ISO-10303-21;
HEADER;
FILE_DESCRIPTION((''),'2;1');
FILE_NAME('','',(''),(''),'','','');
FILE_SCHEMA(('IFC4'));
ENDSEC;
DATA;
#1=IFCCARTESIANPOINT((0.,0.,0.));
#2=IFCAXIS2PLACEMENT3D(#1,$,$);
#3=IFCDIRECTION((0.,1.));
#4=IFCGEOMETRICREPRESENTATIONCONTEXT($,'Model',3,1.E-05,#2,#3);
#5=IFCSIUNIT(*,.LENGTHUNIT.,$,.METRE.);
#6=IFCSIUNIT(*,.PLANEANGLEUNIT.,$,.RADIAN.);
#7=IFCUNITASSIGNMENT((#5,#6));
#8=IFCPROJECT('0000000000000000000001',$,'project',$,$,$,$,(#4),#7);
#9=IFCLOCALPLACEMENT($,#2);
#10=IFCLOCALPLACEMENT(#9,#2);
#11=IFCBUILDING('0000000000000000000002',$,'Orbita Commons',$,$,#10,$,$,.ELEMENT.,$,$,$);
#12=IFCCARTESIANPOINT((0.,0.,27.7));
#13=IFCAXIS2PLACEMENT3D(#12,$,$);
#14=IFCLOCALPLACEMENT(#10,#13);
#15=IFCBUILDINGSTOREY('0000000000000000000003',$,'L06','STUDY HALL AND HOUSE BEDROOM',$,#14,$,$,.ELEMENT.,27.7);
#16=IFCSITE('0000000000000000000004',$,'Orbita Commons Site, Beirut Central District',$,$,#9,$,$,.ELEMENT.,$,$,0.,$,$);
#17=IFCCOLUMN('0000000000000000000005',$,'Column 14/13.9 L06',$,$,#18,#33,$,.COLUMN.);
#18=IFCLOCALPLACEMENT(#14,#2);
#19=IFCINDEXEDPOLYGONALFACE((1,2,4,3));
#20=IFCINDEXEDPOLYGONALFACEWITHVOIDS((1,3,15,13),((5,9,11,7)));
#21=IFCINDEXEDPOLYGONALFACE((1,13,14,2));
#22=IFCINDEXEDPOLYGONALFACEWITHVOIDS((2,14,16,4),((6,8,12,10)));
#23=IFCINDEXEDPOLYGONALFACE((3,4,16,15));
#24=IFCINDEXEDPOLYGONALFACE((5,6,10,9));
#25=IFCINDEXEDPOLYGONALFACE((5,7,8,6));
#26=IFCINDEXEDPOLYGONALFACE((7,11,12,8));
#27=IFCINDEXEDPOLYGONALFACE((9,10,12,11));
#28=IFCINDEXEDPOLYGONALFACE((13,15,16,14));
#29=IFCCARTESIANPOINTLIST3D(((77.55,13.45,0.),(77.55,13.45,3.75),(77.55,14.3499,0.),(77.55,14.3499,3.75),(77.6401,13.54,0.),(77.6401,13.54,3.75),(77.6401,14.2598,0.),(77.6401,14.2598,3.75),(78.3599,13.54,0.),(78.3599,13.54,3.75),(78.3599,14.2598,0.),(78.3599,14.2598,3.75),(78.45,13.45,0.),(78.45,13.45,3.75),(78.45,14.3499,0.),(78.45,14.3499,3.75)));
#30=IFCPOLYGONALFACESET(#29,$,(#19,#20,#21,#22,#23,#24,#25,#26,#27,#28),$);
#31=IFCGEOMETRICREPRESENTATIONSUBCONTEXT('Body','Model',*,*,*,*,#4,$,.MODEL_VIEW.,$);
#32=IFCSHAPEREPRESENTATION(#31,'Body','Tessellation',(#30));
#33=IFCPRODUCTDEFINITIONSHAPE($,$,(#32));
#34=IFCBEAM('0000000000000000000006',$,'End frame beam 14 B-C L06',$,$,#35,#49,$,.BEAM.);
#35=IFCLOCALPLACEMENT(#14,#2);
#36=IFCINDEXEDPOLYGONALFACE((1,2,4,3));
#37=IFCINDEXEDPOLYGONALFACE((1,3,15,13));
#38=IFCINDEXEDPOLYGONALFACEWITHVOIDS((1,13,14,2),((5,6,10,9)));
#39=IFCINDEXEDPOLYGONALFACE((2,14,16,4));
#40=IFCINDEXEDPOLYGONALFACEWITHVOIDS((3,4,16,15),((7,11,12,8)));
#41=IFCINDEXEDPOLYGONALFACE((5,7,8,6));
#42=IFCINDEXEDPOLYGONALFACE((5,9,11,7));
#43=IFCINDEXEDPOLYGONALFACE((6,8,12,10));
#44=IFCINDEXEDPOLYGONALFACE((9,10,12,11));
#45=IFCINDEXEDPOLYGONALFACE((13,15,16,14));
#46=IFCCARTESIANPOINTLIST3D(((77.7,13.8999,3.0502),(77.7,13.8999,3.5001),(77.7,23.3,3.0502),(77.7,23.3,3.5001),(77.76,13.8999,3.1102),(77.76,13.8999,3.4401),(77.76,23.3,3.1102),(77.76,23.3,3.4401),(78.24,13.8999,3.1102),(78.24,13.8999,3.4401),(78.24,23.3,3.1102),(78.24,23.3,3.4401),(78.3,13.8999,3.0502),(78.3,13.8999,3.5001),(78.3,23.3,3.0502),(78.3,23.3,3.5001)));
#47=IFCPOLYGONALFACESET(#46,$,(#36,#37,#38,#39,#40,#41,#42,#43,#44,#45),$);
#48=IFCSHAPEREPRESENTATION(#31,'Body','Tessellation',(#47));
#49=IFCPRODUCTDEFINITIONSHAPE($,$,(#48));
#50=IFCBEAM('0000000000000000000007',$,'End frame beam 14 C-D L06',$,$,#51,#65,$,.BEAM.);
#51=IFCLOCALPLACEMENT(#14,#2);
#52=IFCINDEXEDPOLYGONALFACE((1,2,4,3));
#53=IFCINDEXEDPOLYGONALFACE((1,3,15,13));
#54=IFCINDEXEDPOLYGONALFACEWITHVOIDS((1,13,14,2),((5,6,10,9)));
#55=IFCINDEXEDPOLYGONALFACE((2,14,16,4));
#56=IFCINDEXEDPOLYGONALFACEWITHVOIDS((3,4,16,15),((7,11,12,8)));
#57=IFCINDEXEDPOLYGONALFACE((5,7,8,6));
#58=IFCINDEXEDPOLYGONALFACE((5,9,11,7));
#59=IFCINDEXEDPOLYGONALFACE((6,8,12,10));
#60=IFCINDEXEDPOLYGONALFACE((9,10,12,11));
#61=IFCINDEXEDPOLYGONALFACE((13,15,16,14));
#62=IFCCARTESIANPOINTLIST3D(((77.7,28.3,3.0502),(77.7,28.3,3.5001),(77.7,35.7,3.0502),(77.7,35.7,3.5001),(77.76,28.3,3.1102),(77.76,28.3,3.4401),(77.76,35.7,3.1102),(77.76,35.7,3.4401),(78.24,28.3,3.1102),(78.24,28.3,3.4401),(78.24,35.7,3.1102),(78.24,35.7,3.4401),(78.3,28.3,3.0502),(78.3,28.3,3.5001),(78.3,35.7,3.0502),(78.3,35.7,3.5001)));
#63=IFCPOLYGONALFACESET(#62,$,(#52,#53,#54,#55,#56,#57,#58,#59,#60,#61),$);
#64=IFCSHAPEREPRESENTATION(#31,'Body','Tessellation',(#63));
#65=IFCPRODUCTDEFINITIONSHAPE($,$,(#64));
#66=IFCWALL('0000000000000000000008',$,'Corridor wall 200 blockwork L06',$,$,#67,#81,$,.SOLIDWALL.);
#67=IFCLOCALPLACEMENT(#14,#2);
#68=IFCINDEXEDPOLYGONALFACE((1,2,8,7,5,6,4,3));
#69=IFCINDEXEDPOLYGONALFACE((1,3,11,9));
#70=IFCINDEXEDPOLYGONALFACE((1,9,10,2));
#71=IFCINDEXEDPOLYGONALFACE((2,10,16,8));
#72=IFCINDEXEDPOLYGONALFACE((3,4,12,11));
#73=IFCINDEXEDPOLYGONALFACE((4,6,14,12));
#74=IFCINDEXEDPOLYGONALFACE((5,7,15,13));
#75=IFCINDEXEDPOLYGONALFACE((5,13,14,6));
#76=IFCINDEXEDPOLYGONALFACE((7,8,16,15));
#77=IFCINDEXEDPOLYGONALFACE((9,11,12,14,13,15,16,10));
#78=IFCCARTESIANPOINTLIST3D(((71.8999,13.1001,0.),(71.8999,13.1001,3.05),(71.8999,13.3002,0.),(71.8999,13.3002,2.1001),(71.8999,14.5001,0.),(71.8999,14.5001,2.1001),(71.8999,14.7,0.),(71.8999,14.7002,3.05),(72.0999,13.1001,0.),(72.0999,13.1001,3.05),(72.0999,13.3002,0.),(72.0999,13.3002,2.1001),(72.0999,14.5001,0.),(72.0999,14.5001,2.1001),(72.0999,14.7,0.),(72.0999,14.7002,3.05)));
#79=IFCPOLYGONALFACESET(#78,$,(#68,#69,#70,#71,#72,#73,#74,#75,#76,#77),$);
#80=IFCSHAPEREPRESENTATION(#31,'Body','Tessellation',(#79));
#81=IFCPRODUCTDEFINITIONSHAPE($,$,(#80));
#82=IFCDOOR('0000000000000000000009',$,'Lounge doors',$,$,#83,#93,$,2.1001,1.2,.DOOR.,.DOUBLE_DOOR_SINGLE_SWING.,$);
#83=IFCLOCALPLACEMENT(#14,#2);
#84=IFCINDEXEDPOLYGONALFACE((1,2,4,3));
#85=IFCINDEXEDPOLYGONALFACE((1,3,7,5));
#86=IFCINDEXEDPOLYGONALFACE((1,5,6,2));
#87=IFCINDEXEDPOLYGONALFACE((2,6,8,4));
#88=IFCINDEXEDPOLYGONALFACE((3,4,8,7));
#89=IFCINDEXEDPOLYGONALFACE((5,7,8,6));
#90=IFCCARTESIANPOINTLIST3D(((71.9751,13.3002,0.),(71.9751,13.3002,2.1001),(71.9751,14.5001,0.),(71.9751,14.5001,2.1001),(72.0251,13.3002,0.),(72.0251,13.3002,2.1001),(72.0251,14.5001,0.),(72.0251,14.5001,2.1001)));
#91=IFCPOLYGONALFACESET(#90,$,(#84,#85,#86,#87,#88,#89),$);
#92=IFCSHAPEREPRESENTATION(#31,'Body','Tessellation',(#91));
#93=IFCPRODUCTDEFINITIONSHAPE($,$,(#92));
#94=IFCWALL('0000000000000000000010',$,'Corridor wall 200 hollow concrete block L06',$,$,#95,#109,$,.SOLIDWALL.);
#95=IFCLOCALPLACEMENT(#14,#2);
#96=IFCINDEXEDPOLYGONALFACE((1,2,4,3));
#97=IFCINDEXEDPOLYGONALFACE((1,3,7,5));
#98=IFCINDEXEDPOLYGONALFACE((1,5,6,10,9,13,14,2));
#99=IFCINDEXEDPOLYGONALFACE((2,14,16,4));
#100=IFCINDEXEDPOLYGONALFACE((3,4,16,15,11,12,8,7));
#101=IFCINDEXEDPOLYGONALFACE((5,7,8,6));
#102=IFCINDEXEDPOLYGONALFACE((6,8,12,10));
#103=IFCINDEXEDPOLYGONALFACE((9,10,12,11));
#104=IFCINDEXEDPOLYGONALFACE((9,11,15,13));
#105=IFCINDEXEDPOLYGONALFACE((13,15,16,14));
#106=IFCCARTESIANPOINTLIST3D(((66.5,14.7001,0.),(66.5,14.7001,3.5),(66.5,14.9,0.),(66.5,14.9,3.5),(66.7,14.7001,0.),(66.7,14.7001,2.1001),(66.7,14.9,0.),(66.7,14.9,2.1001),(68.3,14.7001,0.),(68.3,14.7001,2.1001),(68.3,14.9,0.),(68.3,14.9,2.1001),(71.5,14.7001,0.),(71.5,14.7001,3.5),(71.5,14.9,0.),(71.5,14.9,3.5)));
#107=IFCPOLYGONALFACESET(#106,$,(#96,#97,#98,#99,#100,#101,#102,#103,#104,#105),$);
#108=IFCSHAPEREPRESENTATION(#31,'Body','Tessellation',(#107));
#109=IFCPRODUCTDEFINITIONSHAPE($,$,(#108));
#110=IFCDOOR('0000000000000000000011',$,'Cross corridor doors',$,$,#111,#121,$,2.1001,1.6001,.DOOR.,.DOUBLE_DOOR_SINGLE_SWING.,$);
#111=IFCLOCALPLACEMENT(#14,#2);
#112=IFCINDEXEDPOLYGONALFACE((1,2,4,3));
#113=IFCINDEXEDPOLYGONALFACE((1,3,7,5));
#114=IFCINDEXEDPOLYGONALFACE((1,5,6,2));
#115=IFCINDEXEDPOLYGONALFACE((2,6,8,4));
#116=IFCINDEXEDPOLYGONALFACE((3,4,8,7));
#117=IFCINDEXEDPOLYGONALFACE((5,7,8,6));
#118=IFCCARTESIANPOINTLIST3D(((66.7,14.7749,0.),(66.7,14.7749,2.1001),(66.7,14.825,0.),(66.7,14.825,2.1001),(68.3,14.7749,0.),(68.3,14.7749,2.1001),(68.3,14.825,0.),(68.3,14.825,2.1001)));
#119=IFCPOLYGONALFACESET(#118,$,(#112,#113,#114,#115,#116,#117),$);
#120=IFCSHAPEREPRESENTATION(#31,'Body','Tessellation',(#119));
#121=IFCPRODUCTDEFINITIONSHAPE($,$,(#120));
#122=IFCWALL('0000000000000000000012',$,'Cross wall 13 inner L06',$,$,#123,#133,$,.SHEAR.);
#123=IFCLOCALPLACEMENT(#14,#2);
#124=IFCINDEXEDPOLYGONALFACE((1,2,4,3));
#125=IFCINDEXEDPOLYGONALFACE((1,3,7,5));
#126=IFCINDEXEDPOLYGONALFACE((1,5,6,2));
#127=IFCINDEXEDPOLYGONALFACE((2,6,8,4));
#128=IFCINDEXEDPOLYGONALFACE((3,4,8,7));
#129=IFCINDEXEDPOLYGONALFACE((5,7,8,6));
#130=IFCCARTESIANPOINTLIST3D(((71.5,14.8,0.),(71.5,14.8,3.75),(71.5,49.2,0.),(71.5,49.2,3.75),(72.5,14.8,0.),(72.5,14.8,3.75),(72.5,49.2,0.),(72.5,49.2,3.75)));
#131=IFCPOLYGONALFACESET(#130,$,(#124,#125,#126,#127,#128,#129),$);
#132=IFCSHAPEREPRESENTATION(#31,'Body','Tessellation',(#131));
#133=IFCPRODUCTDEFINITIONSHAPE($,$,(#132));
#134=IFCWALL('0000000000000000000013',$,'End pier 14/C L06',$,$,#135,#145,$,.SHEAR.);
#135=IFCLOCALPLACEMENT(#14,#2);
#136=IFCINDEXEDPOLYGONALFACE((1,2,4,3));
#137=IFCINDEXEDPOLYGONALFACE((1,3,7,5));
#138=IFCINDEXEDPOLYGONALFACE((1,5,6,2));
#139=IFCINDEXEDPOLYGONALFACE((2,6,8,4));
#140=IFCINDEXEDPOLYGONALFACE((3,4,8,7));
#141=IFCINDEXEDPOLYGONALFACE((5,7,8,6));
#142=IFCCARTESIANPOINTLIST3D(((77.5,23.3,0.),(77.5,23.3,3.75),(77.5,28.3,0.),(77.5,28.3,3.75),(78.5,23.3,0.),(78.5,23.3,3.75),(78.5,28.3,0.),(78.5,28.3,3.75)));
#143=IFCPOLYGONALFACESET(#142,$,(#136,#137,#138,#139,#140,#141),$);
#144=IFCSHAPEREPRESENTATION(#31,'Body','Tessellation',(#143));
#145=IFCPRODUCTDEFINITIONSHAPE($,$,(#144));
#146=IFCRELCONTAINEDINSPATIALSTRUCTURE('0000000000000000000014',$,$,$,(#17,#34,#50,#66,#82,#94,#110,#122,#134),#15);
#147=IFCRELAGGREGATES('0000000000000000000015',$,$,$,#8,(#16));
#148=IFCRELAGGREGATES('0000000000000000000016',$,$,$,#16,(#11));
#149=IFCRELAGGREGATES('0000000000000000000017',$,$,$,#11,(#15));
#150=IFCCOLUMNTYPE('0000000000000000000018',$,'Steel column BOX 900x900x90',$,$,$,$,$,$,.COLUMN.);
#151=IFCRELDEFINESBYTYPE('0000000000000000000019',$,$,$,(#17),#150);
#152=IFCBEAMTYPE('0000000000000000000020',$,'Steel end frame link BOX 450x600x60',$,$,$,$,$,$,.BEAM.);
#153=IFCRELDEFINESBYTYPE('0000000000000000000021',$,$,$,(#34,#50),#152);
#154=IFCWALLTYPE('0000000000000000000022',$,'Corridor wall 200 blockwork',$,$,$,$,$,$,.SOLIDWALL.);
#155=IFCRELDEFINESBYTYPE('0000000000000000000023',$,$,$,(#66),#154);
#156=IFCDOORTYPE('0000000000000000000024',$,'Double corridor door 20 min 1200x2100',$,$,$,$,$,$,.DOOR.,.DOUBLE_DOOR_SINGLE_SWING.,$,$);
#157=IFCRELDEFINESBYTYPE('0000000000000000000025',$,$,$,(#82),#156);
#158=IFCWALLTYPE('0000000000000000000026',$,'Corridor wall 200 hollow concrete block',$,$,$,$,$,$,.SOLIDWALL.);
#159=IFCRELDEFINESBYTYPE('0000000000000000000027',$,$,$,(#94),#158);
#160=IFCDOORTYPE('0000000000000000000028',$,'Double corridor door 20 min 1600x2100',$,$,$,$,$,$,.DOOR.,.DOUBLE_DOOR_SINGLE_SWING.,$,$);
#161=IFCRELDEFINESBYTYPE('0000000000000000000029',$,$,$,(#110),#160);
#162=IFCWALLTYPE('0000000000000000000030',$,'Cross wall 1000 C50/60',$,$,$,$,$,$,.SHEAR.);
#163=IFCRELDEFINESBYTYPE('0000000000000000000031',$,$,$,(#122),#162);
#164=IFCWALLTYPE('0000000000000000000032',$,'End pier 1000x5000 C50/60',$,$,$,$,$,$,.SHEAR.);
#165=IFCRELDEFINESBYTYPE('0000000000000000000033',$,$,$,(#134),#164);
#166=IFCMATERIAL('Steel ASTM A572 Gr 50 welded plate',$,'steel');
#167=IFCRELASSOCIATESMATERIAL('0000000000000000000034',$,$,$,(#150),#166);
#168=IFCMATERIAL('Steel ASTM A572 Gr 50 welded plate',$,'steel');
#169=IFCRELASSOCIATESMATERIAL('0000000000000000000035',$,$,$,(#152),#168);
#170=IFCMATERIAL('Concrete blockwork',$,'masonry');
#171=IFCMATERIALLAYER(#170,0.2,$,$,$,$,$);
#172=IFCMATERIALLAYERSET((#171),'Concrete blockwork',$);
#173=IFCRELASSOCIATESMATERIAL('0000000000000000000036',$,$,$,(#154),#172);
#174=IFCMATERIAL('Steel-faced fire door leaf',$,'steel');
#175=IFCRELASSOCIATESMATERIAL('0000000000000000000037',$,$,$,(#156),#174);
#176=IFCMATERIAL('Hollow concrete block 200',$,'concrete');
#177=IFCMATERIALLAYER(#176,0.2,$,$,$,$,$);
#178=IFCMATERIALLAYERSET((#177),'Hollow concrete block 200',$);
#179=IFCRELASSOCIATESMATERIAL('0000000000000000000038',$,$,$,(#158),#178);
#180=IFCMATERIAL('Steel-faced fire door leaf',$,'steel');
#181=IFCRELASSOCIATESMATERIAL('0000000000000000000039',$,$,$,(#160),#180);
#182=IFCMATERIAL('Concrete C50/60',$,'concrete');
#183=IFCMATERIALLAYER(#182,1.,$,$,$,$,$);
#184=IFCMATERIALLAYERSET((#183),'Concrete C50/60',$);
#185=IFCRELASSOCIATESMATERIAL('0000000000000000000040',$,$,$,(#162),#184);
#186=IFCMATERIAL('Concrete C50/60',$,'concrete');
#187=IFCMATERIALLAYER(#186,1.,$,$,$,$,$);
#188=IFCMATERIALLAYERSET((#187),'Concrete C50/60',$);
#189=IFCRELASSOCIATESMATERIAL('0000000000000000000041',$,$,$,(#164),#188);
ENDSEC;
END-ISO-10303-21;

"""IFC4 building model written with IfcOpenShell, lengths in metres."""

from ifc_helpers import new_model, si_unit, direction, frame, frame_2d, origin, origin_2d, place, context, subcontext, project, spatial, polyline, rectangle, hollow_rectangle, outline, extrude, material, layer, layer_set, material_profile, profile_set, type_object, element, fill, save


model = new_model("IFC4")

# Units and contexts
model_context = context("Model", 3, precision=1e-05, world=origin(), true_north=direction((0.0, 1.0)))
body_context = subcontext(model_context, "Body", "Model", "MODEL_VIEW")
ifc_project = project(units=[si_unit("LENGTHUNIT", "METRE"), si_unit("PLANEANGLEUNIT", "RADIAN")], contexts=[model_context])

# Site, building, storey
site_placement = place(None, origin())
site = spatial("IfcSite", under=ifc_project, at=site_placement, Name="Orbita Commons Site, Beirut Central District", CompositionType="ELEMENT", RefElevation=0.0)
building_placement = place(site_placement, origin())
building = spatial("IfcBuilding", under=site, at=building_placement, Name="Orbita Commons", CompositionType="ELEMENT")
storey_placement = place(building_placement, frame((0.0, 0.0, 27.7)))
storey = spatial("IfcBuildingStorey", under=building, at=storey_placement, Name="L06", Description="STUDY HALL AND HOUSE BEDROOM", CompositionType="ELEMENT", Elevation=27.7)

# Column
ifc_material_1 = material(Name="Steel ASTM A572 Gr 50 welded plate", Category="steel")
ifc_material_profile_1 = material_profile(ifc_material_1, hollow_rectangle(XDim=0.8999, YDim=0.8999, WallThickness=0.0901, at=origin_2d()), Name="BOX 900x900x90")
ifc_profile_set_1 = profile_set([ifc_material_profile_1], Name="Steel ASTM A572 Gr 50 welded plate")
column_type = type_object("IfcColumnType", Name="Steel column BOX 900x900x90", PredefinedType="COLUMN", material=ifc_profile_set_1)
column_placement = place(storey_placement, frame((78.0, 13.8999, 0.0), z_axis=(0.0, 0.0, 1.0), x_axis=(1.0, 0.0, 0.0)))
element("IfcColumn", 1, at=column_placement, inside=storey, type_object=column_type, Name="Column 14/13.9 L06", PredefinedType="COLUMN", context=body_context, shape_type="SweptSolid", body=[
    extrude(hollow_rectangle(XDim=0.8999, YDim=0.8999, WallThickness=0.0901, at=origin_2d()), origin(), (0.0, 0.0, 1.0), 3.75),
])

# Beams
ifc_material_2 = material(Name="Steel ASTM A572 Gr 50 welded plate", Category="steel")
ifc_material_profile_2 = material_profile(ifc_material_2, hollow_rectangle(XDim=0.6001, YDim=0.45, WallThickness=0.0601, at=origin_2d()), Name="BOX 450x600x60")
ifc_profile_set_2 = profile_set([ifc_material_profile_2], Name="Steel ASTM A572 Gr 50 welded plate")
beam_type = type_object("IfcBeamType", Name="Steel end frame link BOX 450x600x60", PredefinedType="BEAM", material=ifc_profile_set_2)
beam_1_placement = place(storey_placement, frame((78.0, 13.8999, 3.2751), z_axis=(0.0, 1.0, 0.0), x_axis=(-1.0, 0.0, 0.0)))
element("IfcBeam", 2, at=beam_1_placement, inside=storey, type_object=beam_type, Name="End frame beam 14 B-C L06", PredefinedType="BEAM", context=body_context, shape_type="SweptSolid", body=[
    extrude(hollow_rectangle(XDim=0.6001, YDim=0.45, WallThickness=0.0601, at=origin_2d()), origin(), (0.0, 0.0, 1.0), 9.4001),
])
beam_2_placement = place(storey_placement, frame((78.0, 28.3, 3.2751), z_axis=(0.0, 1.0, 0.0), x_axis=(-1.0, 0.0, 0.0)))
element("IfcBeam", 3, at=beam_2_placement, inside=storey, type_object=beam_type, Name="End frame beam 14 C-D L06", PredefinedType="BEAM", context=body_context, shape_type="SweptSolid", body=[
    extrude(hollow_rectangle(XDim=0.6001, YDim=0.45, WallThickness=0.0601, at=origin_2d()), origin(), (0.0, 0.0, 1.0), 7.3999),
])

# Walls, openings, doors
ifc_material_3 = material(Name="Concrete blockwork", Category="masonry")
ifc_layer_1 = layer(ifc_material_3, 0.2)
ifc_layer_set_1 = layer_set([ifc_layer_1], Name="Concrete blockwork")
wall_type_1 = type_object("IfcWallType", Name="Corridor wall 200 blockwork", PredefinedType="SOLIDWALL", material=ifc_layer_set_1)
wall_1_placement = place(storey_placement, frame((72.0, 13.1001, 0.0), z_axis=(0.0, 0.0, 1.0), x_axis=(0.0, 1.0, 0.0)))
wall_1 = element("IfcWall", 4, at=wall_1_placement, inside=storey, type_object=wall_type_1, Name="Corridor wall 200 blockwork L06", PredefinedType="SOLIDWALL", context=body_context, shape_type="SweptSolid", body=[
    extrude(outline(polyline([(0.0, 0.0), (1.5999, 0.0), (1.6001, 3.05), (0.0, 3.05), (0.0, 0.0)])), frame((0.0, 0.1001, 0.0), z_axis=(0.0, -1.0, 0.0), x_axis=(1.0, 0.0, 0.0)), (0.0, 0.0, 1.0), 0.2),
])
opening_1_placement = place(wall_1_placement, frame((0.2, 0.0, 0.0)))
opening_1 = element("IfcOpeningElement", 5, at=opening_1_placement, cuts=wall_1, PredefinedType="OPENING", context=body_context, shape_type="SweptSolid", body=[
    extrude(rectangle(XDim=1.2, YDim=2.1001, at=frame_2d((0.6001, 1.05))), frame((0.0, 0.1099, 0.0), z_axis=(0.0, -1.0, 0.0), x_axis=(1.0, 0.0, 0.0)), (0.0, 0.0, 1.0), 0.22),
])
ifc_material_4 = material(Name="Steel-faced fire door leaf", Category="steel")
door_type_1 = type_object("IfcDoorType", Name="Double corridor door 20 min 1200x2100", OperationType="DOUBLE_DOOR_SINGLE_SWING", PredefinedType="DOOR", material=ifc_material_4)
door_1_placement = place(opening_1_placement, origin())
door_1 = element("IfcDoor", 6, at=door_1_placement, inside=storey, type_object=door_type_1, Name="Lounge doors", OperationType="DOUBLE_DOOR_SINGLE_SWING", OverallHeight=2.1001, OverallWidth=1.2, PredefinedType="DOOR", context=body_context, shape_type="SweptSolid", body=[
    extrude(rectangle(XDim=1.2, YDim=2.1001, at=frame_2d((0.6001, 1.05))), frame((0.0, 0.0249, 0.0), z_axis=(0.0, -1.0, 0.0), x_axis=(1.0, 0.0, 0.0)), (0.0, 0.0, 1.0), 0.05),
])
fill(opening_1, door_1)
ifc_material_5 = material(Name="Hollow concrete block 200", Category="concrete")
ifc_layer_2 = layer(ifc_material_5, 0.2)
ifc_layer_set_2 = layer_set([ifc_layer_2], Name="Hollow concrete block 200")
wall_type_2 = type_object("IfcWallType", Name="Corridor wall 200 hollow concrete block", PredefinedType="SOLIDWALL", material=ifc_layer_set_2)
wall_2_placement = place(storey_placement, frame((66.5, 14.8, 0.0), z_axis=(0.0, 0.0, 1.0), x_axis=(1.0, 0.0, 0.0)))
wall_2 = element("IfcWall", 7, at=wall_2_placement, inside=storey, type_object=wall_type_2, Name="Corridor wall 200 hollow concrete block L06", PredefinedType="SOLIDWALL", context=body_context, shape_type="SweptSolid", body=[
    extrude(rectangle(XDim=5.0, YDim=0.2, at=frame_2d((2.5, 0.0))), origin(), (0.0, 0.0, 1.0), 3.5),
])
opening_2_placement = place(wall_2_placement, frame((0.2, 0.0, 0.0)))
opening_2 = element("IfcOpeningElement", 8, at=opening_2_placement, cuts=wall_2, PredefinedType="OPENING", context=body_context, shape_type="SweptSolid", body=[
    extrude(rectangle(XDim=1.6001, YDim=2.1001, at=frame_2d((0.8, 1.05))), frame((0.0, 0.1099, 0.0), z_axis=(0.0, -1.0, 0.0), x_axis=(1.0, 0.0, 0.0)), (0.0, 0.0, 1.0), 0.22),
])
ifc_material_6 = material(Name="Steel-faced fire door leaf", Category="steel")
door_type_2 = type_object("IfcDoorType", Name="Double corridor door 20 min 1600x2100", OperationType="DOUBLE_DOOR_SINGLE_SWING", PredefinedType="DOOR", material=ifc_material_6)
door_2_placement = place(opening_2_placement, origin())
door_2 = element("IfcDoor", 9, at=door_2_placement, inside=storey, type_object=door_type_2, Name="Cross corridor doors", OperationType="DOUBLE_DOOR_SINGLE_SWING", OverallHeight=2.1001, OverallWidth=1.6001, PredefinedType="DOOR", context=body_context, shape_type="SweptSolid", body=[
    extrude(rectangle(XDim=1.6001, YDim=2.1001, at=frame_2d((0.8, 1.05))), frame((0.0, 0.0249, 0.0), z_axis=(0.0, -1.0, 0.0), x_axis=(1.0, 0.0, 0.0)), (0.0, 0.0, 1.0), 0.05),
])
fill(opening_2, door_2)

# Walls
ifc_material_7 = material(Name="Concrete C50/60", Category="concrete")
ifc_layer_3 = layer(ifc_material_7, 1.0)
ifc_layer_set_3 = layer_set([ifc_layer_3], Name="Concrete C50/60")
wall_type_3 = type_object("IfcWallType", Name="Cross wall 1000 C50/60", PredefinedType="SHEAR", material=ifc_layer_set_3)
wall_3_placement = place(storey_placement, frame((72.0, 14.8, 0.0), z_axis=(0.0, 0.0, 1.0), x_axis=(0.0, 1.0, 0.0)))
element("IfcWall", 10, at=wall_3_placement, inside=storey, type_object=wall_type_3, Name="Cross wall 13 inner L06", PredefinedType="SHEAR", context=body_context, shape_type="SweptSolid", body=[
    extrude(rectangle(XDim=34.3999, YDim=1.0, at=frame_2d((17.2, 0.0))), origin(), (0.0, 0.0, 1.0), 3.75),
])
ifc_material_8 = material(Name="Concrete C50/60", Category="concrete")
ifc_layer_4 = layer(ifc_material_8, 1.0)
ifc_layer_set_4 = layer_set([ifc_layer_4], Name="Concrete C50/60")
wall_type_4 = type_object("IfcWallType", Name="End pier 1000x5000 C50/60", PredefinedType="SHEAR", material=ifc_layer_set_4)
wall_4_placement = place(storey_placement, frame((78.0, 23.3, 0.0), z_axis=(0.0, 0.0, 1.0), x_axis=(0.0, 1.0, 0.0)))
element("IfcWall", 11, at=wall_4_placement, inside=storey, type_object=wall_type_4, Name="End pier 14/C L06", PredefinedType="SHEAR", context=body_context, shape_type="SweptSolid", body=[
    extrude(rectangle(XDim=5.0, YDim=1.0, at=frame_2d((2.5, 0.0))), origin(), (0.0, 0.0, 1.0), 3.75),
])

save(model, "model.ifc")
